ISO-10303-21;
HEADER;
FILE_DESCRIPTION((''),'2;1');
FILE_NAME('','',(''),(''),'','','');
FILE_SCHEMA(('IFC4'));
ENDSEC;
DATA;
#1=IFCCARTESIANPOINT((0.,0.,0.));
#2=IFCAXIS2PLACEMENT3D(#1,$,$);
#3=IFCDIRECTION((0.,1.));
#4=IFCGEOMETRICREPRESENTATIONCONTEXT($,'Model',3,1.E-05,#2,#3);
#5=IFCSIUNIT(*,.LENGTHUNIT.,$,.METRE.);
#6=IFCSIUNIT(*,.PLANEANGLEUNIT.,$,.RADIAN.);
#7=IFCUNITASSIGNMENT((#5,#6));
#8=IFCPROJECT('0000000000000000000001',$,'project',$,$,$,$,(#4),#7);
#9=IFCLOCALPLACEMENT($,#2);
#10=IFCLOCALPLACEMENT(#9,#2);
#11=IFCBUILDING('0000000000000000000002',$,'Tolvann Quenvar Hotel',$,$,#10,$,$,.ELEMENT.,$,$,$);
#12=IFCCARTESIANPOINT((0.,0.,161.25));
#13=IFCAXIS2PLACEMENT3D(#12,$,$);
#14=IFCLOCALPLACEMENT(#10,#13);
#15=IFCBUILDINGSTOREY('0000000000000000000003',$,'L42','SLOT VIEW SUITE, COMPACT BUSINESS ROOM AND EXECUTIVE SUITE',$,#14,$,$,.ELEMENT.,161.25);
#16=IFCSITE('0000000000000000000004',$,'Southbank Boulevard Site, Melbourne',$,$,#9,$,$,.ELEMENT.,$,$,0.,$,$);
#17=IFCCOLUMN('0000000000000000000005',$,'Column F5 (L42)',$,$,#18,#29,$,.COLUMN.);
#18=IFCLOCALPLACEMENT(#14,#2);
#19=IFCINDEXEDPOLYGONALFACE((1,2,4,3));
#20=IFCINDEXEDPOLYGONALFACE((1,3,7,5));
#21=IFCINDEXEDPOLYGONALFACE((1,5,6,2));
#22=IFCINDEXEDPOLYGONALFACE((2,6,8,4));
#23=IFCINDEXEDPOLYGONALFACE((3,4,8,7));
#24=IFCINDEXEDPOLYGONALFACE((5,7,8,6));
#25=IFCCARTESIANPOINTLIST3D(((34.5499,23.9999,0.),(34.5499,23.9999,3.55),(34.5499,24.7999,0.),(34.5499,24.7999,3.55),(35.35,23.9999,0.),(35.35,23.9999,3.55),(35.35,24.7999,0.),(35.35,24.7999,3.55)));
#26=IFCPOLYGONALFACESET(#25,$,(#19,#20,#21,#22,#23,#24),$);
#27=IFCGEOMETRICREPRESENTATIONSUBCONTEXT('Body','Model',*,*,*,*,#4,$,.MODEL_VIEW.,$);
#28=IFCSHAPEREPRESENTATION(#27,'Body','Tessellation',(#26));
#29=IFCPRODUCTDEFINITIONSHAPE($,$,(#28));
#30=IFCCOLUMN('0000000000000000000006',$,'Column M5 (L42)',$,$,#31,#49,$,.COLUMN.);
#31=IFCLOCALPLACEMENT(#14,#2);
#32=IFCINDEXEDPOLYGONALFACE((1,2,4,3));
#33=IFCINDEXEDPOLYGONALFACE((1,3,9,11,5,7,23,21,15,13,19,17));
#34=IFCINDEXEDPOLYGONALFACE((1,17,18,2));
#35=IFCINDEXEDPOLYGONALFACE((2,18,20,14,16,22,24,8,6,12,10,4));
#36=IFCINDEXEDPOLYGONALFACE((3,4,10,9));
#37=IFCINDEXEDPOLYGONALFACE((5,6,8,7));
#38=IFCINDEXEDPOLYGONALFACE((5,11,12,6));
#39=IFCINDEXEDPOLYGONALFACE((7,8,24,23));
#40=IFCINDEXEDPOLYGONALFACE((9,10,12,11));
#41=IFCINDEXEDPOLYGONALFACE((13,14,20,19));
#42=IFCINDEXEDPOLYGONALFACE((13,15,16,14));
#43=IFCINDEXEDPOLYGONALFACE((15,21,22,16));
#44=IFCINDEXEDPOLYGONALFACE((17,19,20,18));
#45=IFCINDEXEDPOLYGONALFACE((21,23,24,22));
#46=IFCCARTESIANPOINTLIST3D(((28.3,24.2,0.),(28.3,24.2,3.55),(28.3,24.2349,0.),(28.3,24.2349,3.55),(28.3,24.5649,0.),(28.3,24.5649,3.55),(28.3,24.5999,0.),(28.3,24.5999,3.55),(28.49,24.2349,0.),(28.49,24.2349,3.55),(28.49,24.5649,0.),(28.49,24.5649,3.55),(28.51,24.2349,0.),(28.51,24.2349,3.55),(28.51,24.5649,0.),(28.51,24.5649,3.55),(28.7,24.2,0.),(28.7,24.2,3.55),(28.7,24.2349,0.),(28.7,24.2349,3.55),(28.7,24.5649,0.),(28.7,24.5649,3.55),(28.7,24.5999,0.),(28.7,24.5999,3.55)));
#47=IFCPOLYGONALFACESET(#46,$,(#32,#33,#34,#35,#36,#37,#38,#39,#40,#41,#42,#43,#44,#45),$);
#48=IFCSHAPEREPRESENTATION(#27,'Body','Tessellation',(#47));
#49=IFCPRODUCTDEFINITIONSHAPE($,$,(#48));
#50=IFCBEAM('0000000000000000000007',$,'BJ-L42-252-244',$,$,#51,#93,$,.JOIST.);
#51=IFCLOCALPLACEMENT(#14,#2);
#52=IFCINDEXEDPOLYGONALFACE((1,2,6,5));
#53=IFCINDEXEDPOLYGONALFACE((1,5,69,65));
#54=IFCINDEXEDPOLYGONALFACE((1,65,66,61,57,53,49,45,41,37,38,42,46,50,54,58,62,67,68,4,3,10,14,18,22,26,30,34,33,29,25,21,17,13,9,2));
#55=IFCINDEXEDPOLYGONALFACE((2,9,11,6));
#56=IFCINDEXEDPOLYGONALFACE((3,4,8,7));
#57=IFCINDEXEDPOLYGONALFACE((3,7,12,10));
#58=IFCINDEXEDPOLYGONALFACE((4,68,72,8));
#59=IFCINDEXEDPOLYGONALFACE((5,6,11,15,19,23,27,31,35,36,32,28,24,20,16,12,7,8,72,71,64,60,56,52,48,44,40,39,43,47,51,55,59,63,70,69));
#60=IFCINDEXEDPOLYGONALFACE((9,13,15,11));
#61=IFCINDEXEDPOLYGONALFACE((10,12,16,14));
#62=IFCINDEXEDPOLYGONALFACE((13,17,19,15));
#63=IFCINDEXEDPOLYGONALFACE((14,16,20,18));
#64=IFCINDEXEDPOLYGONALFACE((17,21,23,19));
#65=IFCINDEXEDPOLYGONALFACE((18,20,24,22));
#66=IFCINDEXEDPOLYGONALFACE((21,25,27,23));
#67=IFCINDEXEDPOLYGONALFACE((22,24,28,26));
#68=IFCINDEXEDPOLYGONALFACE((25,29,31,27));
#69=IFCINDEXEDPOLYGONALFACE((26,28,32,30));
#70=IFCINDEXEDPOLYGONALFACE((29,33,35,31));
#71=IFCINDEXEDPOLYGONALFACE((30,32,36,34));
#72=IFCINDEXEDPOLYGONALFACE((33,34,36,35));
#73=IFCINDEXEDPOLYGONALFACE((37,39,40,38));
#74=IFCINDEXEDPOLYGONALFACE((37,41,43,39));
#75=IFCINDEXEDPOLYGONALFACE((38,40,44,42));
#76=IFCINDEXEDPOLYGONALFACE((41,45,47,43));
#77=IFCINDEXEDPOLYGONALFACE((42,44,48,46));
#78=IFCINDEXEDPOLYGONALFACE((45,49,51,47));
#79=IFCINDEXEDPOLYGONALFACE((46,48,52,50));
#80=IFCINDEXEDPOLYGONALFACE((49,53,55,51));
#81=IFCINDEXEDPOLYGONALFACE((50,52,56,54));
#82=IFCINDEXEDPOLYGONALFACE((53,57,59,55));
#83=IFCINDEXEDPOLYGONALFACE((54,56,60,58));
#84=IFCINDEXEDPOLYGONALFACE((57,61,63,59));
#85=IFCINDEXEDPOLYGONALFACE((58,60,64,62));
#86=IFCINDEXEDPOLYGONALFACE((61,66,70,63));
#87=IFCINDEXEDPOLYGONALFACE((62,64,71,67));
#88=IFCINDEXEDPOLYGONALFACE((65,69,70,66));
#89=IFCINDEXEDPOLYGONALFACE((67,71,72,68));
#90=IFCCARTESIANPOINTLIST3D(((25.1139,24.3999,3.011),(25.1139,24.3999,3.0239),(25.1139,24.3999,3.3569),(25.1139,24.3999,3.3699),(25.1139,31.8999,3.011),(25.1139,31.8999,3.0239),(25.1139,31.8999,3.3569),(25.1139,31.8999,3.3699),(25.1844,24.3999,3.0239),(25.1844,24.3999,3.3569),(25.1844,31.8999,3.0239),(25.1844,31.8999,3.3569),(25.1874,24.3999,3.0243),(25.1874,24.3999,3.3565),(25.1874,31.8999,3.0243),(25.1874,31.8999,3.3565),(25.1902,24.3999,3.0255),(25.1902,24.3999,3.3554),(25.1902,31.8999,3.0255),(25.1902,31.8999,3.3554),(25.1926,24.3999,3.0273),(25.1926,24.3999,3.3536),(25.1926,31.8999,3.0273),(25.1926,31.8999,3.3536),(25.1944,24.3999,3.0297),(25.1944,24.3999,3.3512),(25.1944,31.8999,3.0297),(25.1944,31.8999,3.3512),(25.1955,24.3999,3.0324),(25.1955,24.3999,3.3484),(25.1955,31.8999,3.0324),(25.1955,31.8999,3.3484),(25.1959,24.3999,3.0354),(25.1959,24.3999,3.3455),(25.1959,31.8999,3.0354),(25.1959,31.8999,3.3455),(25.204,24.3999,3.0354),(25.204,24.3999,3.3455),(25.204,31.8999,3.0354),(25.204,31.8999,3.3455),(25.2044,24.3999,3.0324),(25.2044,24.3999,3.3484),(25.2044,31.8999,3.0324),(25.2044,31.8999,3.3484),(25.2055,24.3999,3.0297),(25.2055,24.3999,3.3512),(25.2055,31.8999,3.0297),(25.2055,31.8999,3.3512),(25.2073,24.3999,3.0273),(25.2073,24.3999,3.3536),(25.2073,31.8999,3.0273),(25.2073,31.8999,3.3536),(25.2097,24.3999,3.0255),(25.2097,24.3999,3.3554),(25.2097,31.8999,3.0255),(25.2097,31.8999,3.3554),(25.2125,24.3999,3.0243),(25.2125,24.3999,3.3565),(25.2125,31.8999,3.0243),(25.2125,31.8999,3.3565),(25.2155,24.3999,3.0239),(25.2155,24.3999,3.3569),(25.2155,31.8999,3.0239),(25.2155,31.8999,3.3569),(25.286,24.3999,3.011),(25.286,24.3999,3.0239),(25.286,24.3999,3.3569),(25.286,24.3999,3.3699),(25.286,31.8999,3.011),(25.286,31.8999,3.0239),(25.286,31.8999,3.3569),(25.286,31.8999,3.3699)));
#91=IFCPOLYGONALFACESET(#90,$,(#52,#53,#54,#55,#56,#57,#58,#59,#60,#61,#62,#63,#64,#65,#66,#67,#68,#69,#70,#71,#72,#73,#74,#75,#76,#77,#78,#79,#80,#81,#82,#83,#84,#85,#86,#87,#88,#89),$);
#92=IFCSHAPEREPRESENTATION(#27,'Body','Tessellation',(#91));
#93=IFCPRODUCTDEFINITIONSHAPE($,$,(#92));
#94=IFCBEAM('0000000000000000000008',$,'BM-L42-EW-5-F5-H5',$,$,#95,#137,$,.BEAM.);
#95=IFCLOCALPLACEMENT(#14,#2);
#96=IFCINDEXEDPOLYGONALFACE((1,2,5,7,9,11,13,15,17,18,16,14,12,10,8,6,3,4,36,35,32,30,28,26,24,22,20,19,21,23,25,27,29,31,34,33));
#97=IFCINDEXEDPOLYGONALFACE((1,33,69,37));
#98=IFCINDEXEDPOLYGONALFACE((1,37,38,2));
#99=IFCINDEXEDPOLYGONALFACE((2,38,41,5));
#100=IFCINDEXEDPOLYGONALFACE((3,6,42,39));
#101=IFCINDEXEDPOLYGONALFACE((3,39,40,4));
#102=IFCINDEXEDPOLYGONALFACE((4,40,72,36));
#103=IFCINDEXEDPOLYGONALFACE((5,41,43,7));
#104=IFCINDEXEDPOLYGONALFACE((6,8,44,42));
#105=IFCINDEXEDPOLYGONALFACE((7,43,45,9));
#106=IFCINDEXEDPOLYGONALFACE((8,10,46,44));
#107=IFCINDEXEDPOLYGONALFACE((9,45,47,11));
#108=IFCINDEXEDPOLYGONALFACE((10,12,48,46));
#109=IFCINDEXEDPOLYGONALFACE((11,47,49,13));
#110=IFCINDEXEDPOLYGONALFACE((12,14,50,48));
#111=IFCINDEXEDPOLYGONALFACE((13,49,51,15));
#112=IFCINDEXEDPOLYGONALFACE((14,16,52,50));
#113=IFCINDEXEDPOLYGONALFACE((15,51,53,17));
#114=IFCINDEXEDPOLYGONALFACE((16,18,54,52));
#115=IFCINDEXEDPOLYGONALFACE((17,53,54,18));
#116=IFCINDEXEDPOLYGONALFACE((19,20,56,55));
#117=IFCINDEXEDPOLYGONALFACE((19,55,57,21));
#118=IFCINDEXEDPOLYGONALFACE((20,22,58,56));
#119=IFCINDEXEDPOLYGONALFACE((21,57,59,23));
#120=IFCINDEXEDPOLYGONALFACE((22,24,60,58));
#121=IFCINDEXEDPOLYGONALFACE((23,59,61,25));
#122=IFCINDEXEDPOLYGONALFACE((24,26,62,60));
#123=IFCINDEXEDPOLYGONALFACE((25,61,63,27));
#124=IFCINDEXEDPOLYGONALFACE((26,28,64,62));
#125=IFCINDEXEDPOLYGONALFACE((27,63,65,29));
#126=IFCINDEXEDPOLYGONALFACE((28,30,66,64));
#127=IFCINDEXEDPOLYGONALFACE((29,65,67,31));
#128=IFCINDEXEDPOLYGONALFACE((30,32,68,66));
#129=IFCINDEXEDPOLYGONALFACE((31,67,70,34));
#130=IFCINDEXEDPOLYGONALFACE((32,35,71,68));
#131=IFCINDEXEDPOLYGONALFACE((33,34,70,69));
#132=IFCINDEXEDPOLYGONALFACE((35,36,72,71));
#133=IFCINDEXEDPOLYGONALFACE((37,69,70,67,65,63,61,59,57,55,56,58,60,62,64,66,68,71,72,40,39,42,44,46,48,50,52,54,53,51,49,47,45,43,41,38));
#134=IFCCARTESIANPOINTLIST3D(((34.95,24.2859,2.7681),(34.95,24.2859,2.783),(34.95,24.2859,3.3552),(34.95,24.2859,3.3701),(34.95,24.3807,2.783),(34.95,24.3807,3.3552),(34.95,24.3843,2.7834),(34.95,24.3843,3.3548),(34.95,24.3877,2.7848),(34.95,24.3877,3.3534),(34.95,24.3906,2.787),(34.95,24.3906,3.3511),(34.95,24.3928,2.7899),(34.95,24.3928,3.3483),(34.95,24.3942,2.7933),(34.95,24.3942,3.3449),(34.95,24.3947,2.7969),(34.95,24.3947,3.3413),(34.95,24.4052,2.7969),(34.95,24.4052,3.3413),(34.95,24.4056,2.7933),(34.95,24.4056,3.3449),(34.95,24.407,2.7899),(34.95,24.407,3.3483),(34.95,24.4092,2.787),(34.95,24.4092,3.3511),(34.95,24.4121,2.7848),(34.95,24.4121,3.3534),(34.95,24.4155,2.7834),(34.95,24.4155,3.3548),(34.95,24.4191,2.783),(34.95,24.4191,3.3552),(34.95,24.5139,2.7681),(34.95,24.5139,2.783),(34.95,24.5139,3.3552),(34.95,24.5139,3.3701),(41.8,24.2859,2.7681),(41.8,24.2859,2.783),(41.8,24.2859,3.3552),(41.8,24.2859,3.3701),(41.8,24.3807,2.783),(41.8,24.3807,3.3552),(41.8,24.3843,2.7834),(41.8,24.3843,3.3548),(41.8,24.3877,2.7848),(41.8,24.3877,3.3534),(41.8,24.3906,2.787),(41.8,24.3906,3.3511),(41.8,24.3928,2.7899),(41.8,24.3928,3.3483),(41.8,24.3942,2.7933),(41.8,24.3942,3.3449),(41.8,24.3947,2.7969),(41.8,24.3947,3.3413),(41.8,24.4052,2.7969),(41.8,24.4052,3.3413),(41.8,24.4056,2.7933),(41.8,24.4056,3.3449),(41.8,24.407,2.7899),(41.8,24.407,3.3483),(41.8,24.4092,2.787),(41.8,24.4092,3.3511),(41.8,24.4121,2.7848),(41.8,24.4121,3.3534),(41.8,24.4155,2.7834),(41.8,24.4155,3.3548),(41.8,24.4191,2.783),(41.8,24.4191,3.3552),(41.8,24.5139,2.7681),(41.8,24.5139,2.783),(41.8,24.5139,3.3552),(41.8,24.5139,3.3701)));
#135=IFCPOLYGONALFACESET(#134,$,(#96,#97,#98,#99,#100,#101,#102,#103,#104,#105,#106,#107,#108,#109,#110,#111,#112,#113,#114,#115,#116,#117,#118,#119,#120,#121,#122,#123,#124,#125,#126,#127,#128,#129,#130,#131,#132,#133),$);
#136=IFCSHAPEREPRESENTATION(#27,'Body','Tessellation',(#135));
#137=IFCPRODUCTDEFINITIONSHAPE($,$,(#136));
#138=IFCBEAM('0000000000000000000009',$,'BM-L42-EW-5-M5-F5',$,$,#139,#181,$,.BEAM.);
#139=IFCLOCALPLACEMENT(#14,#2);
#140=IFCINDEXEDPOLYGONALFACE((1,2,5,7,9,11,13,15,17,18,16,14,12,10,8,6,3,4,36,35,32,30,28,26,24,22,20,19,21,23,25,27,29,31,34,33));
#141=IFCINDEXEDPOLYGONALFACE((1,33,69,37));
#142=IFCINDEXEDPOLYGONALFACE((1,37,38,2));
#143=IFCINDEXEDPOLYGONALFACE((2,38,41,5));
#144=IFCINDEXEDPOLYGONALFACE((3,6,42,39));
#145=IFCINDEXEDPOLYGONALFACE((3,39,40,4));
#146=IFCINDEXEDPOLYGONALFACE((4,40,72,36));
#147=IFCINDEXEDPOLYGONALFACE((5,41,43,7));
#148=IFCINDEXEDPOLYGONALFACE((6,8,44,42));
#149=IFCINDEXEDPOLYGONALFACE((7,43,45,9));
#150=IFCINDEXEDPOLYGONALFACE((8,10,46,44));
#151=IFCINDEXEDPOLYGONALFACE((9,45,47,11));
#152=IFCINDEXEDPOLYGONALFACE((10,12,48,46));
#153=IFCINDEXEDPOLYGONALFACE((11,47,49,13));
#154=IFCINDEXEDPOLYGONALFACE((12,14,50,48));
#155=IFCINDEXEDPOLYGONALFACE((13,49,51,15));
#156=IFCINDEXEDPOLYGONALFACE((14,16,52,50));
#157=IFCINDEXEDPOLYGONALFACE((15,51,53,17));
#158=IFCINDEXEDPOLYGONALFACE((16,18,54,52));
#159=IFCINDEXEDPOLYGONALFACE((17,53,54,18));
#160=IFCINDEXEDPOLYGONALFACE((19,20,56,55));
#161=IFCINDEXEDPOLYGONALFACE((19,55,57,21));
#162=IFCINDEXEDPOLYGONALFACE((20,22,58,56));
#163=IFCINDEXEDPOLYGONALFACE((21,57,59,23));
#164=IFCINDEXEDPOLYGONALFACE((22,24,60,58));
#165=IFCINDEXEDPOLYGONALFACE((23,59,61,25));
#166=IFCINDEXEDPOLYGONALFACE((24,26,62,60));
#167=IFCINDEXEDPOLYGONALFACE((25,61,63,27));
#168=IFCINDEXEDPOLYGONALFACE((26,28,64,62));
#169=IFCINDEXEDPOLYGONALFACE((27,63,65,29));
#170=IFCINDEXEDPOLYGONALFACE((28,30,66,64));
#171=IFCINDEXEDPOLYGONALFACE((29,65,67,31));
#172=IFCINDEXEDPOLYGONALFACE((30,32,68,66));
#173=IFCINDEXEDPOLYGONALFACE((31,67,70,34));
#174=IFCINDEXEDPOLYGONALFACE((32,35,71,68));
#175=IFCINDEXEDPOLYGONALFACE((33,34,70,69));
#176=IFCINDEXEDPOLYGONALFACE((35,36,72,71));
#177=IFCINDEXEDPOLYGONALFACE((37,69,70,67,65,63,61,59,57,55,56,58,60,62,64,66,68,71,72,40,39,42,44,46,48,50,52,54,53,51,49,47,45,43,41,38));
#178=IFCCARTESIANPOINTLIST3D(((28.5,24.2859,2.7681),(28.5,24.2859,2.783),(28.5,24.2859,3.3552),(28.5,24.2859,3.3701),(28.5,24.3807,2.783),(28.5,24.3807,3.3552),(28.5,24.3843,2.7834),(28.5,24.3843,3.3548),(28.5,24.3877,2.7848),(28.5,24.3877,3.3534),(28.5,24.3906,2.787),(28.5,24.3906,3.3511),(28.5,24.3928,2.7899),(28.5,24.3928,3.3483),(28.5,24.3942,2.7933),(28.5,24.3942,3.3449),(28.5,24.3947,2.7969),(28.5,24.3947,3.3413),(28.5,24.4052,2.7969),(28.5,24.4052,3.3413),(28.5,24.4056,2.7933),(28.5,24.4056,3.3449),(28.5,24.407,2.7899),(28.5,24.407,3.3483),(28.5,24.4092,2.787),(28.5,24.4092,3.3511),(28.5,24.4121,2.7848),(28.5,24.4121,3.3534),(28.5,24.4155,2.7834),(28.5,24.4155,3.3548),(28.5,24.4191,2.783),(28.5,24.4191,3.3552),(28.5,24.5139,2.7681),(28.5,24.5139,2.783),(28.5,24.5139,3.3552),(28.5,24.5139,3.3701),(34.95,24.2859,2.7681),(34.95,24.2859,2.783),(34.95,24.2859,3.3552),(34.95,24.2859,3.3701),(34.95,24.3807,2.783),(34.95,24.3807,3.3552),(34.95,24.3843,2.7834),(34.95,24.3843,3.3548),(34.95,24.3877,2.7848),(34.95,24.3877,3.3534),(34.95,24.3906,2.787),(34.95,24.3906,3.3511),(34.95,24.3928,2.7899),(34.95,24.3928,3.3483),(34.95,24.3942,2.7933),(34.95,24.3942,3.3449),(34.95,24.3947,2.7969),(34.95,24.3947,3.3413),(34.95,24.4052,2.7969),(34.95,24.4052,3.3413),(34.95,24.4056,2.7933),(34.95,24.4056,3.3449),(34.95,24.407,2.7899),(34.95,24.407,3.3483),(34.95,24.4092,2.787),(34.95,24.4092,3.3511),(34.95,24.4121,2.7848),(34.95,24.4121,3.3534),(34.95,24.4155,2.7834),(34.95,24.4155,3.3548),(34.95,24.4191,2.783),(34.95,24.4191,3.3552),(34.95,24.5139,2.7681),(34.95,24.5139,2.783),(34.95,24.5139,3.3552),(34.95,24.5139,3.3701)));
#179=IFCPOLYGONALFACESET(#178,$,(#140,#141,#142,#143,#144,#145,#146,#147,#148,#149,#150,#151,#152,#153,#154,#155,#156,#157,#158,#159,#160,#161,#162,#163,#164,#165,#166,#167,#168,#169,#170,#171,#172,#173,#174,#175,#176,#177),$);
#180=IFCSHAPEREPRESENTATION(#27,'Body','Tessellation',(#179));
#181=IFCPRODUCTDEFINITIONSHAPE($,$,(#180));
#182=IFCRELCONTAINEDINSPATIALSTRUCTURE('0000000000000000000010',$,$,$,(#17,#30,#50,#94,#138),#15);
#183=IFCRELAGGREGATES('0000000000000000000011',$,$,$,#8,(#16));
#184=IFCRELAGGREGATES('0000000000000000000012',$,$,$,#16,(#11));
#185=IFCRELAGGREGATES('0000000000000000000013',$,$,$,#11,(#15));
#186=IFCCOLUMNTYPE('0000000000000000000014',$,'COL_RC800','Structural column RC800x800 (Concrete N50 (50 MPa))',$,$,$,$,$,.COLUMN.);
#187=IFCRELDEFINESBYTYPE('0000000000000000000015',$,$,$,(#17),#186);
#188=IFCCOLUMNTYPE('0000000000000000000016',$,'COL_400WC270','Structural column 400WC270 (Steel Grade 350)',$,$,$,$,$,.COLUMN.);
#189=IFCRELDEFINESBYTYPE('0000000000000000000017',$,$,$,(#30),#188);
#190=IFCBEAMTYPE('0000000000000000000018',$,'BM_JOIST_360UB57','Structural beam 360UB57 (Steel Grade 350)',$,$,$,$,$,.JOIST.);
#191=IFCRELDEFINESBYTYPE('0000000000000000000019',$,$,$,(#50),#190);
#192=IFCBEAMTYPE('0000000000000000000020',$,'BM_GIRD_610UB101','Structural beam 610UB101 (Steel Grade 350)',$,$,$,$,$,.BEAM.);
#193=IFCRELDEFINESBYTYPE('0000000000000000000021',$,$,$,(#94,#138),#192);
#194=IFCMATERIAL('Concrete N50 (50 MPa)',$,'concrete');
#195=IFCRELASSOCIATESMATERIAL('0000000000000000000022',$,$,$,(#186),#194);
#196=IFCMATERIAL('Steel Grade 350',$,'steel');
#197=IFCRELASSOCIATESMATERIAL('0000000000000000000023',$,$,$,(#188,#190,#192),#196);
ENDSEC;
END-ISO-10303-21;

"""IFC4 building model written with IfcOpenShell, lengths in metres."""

from ifc_helpers import new_model, si_unit, direction, frame, origin, origin_2d, place, context, subcontext, project, spatial, rectangle, i_section, extrude, source, transform, mapped, material, material_profile, profile_set, type_object, type_shapes, element, save


model = new_model("IFC4")

# Units and contexts
model_context = context("Model", 3, precision=1e-05, world=origin(), true_north=direction((0.0, 1.0)))
body_context = subcontext(model_context, "Body", "Model", "MODEL_VIEW")
ifc_project = project(units=[si_unit("LENGTHUNIT", "METRE"), si_unit("PLANEANGLEUNIT", "RADIAN")], contexts=[model_context])

# Site, building, storey
site_placement = place(None, origin())
site = spatial("IfcSite", under=ifc_project, at=site_placement, Name="Southbank Boulevard Site, Melbourne", CompositionType="ELEMENT", RefElevation=0.0)
building_placement = place(site_placement, origin())
building = spatial("IfcBuilding", under=site, at=building_placement, Name="Tolvann Quenvar Hotel", CompositionType="ELEMENT")
storey_placement = place(building_placement, frame((0.0, 0.0, 161.25)))
storey = spatial("IfcBuildingStorey", under=building, at=storey_placement, Name="L42", Description="SLOT VIEW SUITE, COMPACT BUSINESS ROOM AND EXECUTIVE SUITE", CompositionType="ELEMENT", Elevation=161.25)

# Columns
ifc_material_1 = material(Name="Concrete N50 (50 MPa)", Category="concrete")
ifc_material_profile_1 = material_profile(ifc_material_1, rectangle(XDim=0.8, YDim=0.8, at=origin_2d()), Name="RC800x800")
ifc_profile_set_1 = profile_set([ifc_material_profile_1], Name="Concrete N50 (50 MPa)")
column_type_1 = type_object("IfcColumnType", Name="COL_RC800", Description="Structural column RC800x800 (Concrete N50 (50 MPa))", PredefinedType="COLUMN", material=ifc_profile_set_1)
shared_shape_1 = source(origin(), body_context, "Body", "SweptSolid", [
    extrude(rectangle(XDim=0.8, YDim=0.8, at=origin_2d()), origin(), (0.0, 0.0, 1.0), 3.55),
])
type_shapes(column_type_1, [shared_shape_1])
column_1_placement = place(storey_placement, frame((34.95, 24.3999, 0.0), z_axis=(0.0, 0.0, 1.0), x_axis=(1.0, 0.0, 0.0)))
element("IfcColumn", 1, at=column_1_placement, inside=storey, type_object=column_type_1, Name="Column F5 (L42)", PredefinedType="COLUMN", context=body_context, shape_type="MappedRepresentation", body=[
    mapped(shared_shape_1, transform((0.0, 0.0, 0.0), x_axis=(1.0, 0.0, 0.0), y_axis=(0.0, 1.0, 0.0), z_axis=(0.0, 0.0, 1.0), scale=1.0)),
])
ifc_material_2 = material(Name="Steel Grade 350", Category="steel")
ifc_material_profile_2 = material_profile(ifc_material_2, i_section(OverallWidth=0.3999, OverallDepth=0.3999, WebThickness=0.02, FlangeThickness=0.0349, at=origin_2d()), Name="400WC270")
ifc_profile_set_2 = profile_set([ifc_material_profile_2], Name="Steel Grade 350")
column_type_2 = type_object("IfcColumnType", Name="COL_400WC270", Description="Structural column 400WC270 (Steel Grade 350)", PredefinedType="COLUMN", material=ifc_profile_set_2)
shared_shape_2 = source(origin(), body_context, "Body", "SweptSolid", [
    extrude(i_section(OverallWidth=0.3999, OverallDepth=0.3999, WebThickness=0.02, FlangeThickness=0.0349, at=origin_2d()), origin(), (0.0, 0.0, 1.0), 3.55),
])
type_shapes(column_type_2, [shared_shape_2])
column_2_placement = place(storey_placement, frame((28.5, 24.3999, 0.0), z_axis=(0.0, 0.0, 1.0), x_axis=(1.0, 0.0, 0.0)))
element("IfcColumn", 2, at=column_2_placement, inside=storey, type_object=column_type_2, Name="Column M5 (L42)", PredefinedType="COLUMN", context=body_context, shape_type="MappedRepresentation", body=[
    mapped(shared_shape_2, transform((0.0, 0.0, 0.0), x_axis=(1.0, 0.0, 0.0), y_axis=(0.0, 1.0, 0.0), z_axis=(0.0, 0.0, 1.0), scale=1.0)),
])

# Beams
ifc_material_profile_3 = material_profile(ifc_material_2, i_section(OverallWidth=0.1721, OverallDepth=0.3589, WebThickness=0.0081, FlangeThickness=0.0129, FilletRadius=0.0115, at=origin_2d()), Name="360UB57")
ifc_profile_set_3 = profile_set([ifc_material_profile_3], Name="Steel Grade 350")
beam_type_1 = type_object("IfcBeamType", Name="BM_JOIST_360UB57", Description="Structural beam 360UB57 (Steel Grade 350)", PredefinedType="JOIST", material=ifc_profile_set_3)
shared_shape_3 = source(origin(), body_context, "Body", "SweptSolid", [
    extrude(i_section(OverallWidth=0.1721, OverallDepth=0.3589, WebThickness=0.0081, FlangeThickness=0.0129, FilletRadius=0.0115, at=origin_2d()), origin(), (0.0, 0.0, 1.0), 7.5),
])
type_shapes(beam_type_1, [shared_shape_3])
beam_1_placement = place(storey_placement, frame((25.2, 24.3999, 3.1904), z_axis=(0.0, 1.0, 0.0), x_axis=(-1.0, 0.0, 0.0)))
element("IfcBeam", 3, at=beam_1_placement, inside=storey, type_object=beam_type_1, Name="BJ-L42-252-244", PredefinedType="JOIST", context=body_context, shape_type="MappedRepresentation", body=[
    mapped(shared_shape_3, transform((0.0, 0.0, 0.0), x_axis=(1.0, 0.0, 0.0), y_axis=(0.0, 1.0, 0.0), z_axis=(0.0, 0.0, 1.0), scale=1.0)),
])
ifc_material_profile_4 = material_profile(ifc_material_2, i_section(OverallWidth=0.228, OverallDepth=0.6021, WebThickness=0.0105, FlangeThickness=0.0149, FilletRadius=0.0139, at=origin_2d()), Name="610UB101")
ifc_profile_set_4 = profile_set([ifc_material_profile_4], Name="Steel Grade 350")
beam_type_2 = type_object("IfcBeamType", Name="BM_GIRD_610UB101", Description="Structural beam 610UB101 (Steel Grade 350)", PredefinedType="BEAM", material=ifc_profile_set_4)
shared_shape_4 = source(origin(), body_context, "Body", "SweptSolid", [
    extrude(i_section(OverallWidth=0.228, OverallDepth=0.6021, WebThickness=0.0105, FlangeThickness=0.0149, FilletRadius=0.0139, at=origin_2d()), origin(), (0.0, 0.0, 1.0), 6.8501),
])
beam_2_placement = place(storey_placement, frame((34.95, 24.3999, 3.0691), z_axis=(1.0, 0.0, 0.0), x_axis=(0.0, 1.0, 0.0)))
element("IfcBeam", 4, at=beam_2_placement, inside=storey, type_object=beam_type_2, Name="BM-L42-EW-5-F5-H5", PredefinedType="BEAM", context=body_context, shape_type="MappedRepresentation", body=[
    mapped(shared_shape_4, transform((0.0, 0.0, 0.0), x_axis=(1.0, 0.0, 0.0), y_axis=(0.0, 1.0, 0.0), z_axis=(0.0, 0.0, 1.0), scale=1.0)),
])
shared_shape_5 = source(origin(), body_context, "Body", "SweptSolid", [
    extrude(i_section(OverallWidth=0.228, OverallDepth=0.6021, WebThickness=0.0105, FlangeThickness=0.0149, FilletRadius=0.0139, at=origin_2d()), origin(), (0.0, 0.0, 1.0), 6.45),
])
beam_3_placement = place(storey_placement, frame((28.5, 24.3999, 3.0691), z_axis=(1.0, 0.0, 0.0), x_axis=(0.0, 1.0, 0.0)))
element("IfcBeam", 5, at=beam_3_placement, inside=storey, type_object=beam_type_2, Name="BM-L42-EW-5-M5-F5", PredefinedType="BEAM", context=body_context, shape_type="MappedRepresentation", body=[
    mapped(shared_shape_5, transform((0.0, 0.0, 0.0), x_axis=(1.0, 0.0, 0.0), y_axis=(0.0, 1.0, 0.0), z_axis=(0.0, 0.0, 1.0), scale=1.0)),
])

save(model, "model.ifc")
